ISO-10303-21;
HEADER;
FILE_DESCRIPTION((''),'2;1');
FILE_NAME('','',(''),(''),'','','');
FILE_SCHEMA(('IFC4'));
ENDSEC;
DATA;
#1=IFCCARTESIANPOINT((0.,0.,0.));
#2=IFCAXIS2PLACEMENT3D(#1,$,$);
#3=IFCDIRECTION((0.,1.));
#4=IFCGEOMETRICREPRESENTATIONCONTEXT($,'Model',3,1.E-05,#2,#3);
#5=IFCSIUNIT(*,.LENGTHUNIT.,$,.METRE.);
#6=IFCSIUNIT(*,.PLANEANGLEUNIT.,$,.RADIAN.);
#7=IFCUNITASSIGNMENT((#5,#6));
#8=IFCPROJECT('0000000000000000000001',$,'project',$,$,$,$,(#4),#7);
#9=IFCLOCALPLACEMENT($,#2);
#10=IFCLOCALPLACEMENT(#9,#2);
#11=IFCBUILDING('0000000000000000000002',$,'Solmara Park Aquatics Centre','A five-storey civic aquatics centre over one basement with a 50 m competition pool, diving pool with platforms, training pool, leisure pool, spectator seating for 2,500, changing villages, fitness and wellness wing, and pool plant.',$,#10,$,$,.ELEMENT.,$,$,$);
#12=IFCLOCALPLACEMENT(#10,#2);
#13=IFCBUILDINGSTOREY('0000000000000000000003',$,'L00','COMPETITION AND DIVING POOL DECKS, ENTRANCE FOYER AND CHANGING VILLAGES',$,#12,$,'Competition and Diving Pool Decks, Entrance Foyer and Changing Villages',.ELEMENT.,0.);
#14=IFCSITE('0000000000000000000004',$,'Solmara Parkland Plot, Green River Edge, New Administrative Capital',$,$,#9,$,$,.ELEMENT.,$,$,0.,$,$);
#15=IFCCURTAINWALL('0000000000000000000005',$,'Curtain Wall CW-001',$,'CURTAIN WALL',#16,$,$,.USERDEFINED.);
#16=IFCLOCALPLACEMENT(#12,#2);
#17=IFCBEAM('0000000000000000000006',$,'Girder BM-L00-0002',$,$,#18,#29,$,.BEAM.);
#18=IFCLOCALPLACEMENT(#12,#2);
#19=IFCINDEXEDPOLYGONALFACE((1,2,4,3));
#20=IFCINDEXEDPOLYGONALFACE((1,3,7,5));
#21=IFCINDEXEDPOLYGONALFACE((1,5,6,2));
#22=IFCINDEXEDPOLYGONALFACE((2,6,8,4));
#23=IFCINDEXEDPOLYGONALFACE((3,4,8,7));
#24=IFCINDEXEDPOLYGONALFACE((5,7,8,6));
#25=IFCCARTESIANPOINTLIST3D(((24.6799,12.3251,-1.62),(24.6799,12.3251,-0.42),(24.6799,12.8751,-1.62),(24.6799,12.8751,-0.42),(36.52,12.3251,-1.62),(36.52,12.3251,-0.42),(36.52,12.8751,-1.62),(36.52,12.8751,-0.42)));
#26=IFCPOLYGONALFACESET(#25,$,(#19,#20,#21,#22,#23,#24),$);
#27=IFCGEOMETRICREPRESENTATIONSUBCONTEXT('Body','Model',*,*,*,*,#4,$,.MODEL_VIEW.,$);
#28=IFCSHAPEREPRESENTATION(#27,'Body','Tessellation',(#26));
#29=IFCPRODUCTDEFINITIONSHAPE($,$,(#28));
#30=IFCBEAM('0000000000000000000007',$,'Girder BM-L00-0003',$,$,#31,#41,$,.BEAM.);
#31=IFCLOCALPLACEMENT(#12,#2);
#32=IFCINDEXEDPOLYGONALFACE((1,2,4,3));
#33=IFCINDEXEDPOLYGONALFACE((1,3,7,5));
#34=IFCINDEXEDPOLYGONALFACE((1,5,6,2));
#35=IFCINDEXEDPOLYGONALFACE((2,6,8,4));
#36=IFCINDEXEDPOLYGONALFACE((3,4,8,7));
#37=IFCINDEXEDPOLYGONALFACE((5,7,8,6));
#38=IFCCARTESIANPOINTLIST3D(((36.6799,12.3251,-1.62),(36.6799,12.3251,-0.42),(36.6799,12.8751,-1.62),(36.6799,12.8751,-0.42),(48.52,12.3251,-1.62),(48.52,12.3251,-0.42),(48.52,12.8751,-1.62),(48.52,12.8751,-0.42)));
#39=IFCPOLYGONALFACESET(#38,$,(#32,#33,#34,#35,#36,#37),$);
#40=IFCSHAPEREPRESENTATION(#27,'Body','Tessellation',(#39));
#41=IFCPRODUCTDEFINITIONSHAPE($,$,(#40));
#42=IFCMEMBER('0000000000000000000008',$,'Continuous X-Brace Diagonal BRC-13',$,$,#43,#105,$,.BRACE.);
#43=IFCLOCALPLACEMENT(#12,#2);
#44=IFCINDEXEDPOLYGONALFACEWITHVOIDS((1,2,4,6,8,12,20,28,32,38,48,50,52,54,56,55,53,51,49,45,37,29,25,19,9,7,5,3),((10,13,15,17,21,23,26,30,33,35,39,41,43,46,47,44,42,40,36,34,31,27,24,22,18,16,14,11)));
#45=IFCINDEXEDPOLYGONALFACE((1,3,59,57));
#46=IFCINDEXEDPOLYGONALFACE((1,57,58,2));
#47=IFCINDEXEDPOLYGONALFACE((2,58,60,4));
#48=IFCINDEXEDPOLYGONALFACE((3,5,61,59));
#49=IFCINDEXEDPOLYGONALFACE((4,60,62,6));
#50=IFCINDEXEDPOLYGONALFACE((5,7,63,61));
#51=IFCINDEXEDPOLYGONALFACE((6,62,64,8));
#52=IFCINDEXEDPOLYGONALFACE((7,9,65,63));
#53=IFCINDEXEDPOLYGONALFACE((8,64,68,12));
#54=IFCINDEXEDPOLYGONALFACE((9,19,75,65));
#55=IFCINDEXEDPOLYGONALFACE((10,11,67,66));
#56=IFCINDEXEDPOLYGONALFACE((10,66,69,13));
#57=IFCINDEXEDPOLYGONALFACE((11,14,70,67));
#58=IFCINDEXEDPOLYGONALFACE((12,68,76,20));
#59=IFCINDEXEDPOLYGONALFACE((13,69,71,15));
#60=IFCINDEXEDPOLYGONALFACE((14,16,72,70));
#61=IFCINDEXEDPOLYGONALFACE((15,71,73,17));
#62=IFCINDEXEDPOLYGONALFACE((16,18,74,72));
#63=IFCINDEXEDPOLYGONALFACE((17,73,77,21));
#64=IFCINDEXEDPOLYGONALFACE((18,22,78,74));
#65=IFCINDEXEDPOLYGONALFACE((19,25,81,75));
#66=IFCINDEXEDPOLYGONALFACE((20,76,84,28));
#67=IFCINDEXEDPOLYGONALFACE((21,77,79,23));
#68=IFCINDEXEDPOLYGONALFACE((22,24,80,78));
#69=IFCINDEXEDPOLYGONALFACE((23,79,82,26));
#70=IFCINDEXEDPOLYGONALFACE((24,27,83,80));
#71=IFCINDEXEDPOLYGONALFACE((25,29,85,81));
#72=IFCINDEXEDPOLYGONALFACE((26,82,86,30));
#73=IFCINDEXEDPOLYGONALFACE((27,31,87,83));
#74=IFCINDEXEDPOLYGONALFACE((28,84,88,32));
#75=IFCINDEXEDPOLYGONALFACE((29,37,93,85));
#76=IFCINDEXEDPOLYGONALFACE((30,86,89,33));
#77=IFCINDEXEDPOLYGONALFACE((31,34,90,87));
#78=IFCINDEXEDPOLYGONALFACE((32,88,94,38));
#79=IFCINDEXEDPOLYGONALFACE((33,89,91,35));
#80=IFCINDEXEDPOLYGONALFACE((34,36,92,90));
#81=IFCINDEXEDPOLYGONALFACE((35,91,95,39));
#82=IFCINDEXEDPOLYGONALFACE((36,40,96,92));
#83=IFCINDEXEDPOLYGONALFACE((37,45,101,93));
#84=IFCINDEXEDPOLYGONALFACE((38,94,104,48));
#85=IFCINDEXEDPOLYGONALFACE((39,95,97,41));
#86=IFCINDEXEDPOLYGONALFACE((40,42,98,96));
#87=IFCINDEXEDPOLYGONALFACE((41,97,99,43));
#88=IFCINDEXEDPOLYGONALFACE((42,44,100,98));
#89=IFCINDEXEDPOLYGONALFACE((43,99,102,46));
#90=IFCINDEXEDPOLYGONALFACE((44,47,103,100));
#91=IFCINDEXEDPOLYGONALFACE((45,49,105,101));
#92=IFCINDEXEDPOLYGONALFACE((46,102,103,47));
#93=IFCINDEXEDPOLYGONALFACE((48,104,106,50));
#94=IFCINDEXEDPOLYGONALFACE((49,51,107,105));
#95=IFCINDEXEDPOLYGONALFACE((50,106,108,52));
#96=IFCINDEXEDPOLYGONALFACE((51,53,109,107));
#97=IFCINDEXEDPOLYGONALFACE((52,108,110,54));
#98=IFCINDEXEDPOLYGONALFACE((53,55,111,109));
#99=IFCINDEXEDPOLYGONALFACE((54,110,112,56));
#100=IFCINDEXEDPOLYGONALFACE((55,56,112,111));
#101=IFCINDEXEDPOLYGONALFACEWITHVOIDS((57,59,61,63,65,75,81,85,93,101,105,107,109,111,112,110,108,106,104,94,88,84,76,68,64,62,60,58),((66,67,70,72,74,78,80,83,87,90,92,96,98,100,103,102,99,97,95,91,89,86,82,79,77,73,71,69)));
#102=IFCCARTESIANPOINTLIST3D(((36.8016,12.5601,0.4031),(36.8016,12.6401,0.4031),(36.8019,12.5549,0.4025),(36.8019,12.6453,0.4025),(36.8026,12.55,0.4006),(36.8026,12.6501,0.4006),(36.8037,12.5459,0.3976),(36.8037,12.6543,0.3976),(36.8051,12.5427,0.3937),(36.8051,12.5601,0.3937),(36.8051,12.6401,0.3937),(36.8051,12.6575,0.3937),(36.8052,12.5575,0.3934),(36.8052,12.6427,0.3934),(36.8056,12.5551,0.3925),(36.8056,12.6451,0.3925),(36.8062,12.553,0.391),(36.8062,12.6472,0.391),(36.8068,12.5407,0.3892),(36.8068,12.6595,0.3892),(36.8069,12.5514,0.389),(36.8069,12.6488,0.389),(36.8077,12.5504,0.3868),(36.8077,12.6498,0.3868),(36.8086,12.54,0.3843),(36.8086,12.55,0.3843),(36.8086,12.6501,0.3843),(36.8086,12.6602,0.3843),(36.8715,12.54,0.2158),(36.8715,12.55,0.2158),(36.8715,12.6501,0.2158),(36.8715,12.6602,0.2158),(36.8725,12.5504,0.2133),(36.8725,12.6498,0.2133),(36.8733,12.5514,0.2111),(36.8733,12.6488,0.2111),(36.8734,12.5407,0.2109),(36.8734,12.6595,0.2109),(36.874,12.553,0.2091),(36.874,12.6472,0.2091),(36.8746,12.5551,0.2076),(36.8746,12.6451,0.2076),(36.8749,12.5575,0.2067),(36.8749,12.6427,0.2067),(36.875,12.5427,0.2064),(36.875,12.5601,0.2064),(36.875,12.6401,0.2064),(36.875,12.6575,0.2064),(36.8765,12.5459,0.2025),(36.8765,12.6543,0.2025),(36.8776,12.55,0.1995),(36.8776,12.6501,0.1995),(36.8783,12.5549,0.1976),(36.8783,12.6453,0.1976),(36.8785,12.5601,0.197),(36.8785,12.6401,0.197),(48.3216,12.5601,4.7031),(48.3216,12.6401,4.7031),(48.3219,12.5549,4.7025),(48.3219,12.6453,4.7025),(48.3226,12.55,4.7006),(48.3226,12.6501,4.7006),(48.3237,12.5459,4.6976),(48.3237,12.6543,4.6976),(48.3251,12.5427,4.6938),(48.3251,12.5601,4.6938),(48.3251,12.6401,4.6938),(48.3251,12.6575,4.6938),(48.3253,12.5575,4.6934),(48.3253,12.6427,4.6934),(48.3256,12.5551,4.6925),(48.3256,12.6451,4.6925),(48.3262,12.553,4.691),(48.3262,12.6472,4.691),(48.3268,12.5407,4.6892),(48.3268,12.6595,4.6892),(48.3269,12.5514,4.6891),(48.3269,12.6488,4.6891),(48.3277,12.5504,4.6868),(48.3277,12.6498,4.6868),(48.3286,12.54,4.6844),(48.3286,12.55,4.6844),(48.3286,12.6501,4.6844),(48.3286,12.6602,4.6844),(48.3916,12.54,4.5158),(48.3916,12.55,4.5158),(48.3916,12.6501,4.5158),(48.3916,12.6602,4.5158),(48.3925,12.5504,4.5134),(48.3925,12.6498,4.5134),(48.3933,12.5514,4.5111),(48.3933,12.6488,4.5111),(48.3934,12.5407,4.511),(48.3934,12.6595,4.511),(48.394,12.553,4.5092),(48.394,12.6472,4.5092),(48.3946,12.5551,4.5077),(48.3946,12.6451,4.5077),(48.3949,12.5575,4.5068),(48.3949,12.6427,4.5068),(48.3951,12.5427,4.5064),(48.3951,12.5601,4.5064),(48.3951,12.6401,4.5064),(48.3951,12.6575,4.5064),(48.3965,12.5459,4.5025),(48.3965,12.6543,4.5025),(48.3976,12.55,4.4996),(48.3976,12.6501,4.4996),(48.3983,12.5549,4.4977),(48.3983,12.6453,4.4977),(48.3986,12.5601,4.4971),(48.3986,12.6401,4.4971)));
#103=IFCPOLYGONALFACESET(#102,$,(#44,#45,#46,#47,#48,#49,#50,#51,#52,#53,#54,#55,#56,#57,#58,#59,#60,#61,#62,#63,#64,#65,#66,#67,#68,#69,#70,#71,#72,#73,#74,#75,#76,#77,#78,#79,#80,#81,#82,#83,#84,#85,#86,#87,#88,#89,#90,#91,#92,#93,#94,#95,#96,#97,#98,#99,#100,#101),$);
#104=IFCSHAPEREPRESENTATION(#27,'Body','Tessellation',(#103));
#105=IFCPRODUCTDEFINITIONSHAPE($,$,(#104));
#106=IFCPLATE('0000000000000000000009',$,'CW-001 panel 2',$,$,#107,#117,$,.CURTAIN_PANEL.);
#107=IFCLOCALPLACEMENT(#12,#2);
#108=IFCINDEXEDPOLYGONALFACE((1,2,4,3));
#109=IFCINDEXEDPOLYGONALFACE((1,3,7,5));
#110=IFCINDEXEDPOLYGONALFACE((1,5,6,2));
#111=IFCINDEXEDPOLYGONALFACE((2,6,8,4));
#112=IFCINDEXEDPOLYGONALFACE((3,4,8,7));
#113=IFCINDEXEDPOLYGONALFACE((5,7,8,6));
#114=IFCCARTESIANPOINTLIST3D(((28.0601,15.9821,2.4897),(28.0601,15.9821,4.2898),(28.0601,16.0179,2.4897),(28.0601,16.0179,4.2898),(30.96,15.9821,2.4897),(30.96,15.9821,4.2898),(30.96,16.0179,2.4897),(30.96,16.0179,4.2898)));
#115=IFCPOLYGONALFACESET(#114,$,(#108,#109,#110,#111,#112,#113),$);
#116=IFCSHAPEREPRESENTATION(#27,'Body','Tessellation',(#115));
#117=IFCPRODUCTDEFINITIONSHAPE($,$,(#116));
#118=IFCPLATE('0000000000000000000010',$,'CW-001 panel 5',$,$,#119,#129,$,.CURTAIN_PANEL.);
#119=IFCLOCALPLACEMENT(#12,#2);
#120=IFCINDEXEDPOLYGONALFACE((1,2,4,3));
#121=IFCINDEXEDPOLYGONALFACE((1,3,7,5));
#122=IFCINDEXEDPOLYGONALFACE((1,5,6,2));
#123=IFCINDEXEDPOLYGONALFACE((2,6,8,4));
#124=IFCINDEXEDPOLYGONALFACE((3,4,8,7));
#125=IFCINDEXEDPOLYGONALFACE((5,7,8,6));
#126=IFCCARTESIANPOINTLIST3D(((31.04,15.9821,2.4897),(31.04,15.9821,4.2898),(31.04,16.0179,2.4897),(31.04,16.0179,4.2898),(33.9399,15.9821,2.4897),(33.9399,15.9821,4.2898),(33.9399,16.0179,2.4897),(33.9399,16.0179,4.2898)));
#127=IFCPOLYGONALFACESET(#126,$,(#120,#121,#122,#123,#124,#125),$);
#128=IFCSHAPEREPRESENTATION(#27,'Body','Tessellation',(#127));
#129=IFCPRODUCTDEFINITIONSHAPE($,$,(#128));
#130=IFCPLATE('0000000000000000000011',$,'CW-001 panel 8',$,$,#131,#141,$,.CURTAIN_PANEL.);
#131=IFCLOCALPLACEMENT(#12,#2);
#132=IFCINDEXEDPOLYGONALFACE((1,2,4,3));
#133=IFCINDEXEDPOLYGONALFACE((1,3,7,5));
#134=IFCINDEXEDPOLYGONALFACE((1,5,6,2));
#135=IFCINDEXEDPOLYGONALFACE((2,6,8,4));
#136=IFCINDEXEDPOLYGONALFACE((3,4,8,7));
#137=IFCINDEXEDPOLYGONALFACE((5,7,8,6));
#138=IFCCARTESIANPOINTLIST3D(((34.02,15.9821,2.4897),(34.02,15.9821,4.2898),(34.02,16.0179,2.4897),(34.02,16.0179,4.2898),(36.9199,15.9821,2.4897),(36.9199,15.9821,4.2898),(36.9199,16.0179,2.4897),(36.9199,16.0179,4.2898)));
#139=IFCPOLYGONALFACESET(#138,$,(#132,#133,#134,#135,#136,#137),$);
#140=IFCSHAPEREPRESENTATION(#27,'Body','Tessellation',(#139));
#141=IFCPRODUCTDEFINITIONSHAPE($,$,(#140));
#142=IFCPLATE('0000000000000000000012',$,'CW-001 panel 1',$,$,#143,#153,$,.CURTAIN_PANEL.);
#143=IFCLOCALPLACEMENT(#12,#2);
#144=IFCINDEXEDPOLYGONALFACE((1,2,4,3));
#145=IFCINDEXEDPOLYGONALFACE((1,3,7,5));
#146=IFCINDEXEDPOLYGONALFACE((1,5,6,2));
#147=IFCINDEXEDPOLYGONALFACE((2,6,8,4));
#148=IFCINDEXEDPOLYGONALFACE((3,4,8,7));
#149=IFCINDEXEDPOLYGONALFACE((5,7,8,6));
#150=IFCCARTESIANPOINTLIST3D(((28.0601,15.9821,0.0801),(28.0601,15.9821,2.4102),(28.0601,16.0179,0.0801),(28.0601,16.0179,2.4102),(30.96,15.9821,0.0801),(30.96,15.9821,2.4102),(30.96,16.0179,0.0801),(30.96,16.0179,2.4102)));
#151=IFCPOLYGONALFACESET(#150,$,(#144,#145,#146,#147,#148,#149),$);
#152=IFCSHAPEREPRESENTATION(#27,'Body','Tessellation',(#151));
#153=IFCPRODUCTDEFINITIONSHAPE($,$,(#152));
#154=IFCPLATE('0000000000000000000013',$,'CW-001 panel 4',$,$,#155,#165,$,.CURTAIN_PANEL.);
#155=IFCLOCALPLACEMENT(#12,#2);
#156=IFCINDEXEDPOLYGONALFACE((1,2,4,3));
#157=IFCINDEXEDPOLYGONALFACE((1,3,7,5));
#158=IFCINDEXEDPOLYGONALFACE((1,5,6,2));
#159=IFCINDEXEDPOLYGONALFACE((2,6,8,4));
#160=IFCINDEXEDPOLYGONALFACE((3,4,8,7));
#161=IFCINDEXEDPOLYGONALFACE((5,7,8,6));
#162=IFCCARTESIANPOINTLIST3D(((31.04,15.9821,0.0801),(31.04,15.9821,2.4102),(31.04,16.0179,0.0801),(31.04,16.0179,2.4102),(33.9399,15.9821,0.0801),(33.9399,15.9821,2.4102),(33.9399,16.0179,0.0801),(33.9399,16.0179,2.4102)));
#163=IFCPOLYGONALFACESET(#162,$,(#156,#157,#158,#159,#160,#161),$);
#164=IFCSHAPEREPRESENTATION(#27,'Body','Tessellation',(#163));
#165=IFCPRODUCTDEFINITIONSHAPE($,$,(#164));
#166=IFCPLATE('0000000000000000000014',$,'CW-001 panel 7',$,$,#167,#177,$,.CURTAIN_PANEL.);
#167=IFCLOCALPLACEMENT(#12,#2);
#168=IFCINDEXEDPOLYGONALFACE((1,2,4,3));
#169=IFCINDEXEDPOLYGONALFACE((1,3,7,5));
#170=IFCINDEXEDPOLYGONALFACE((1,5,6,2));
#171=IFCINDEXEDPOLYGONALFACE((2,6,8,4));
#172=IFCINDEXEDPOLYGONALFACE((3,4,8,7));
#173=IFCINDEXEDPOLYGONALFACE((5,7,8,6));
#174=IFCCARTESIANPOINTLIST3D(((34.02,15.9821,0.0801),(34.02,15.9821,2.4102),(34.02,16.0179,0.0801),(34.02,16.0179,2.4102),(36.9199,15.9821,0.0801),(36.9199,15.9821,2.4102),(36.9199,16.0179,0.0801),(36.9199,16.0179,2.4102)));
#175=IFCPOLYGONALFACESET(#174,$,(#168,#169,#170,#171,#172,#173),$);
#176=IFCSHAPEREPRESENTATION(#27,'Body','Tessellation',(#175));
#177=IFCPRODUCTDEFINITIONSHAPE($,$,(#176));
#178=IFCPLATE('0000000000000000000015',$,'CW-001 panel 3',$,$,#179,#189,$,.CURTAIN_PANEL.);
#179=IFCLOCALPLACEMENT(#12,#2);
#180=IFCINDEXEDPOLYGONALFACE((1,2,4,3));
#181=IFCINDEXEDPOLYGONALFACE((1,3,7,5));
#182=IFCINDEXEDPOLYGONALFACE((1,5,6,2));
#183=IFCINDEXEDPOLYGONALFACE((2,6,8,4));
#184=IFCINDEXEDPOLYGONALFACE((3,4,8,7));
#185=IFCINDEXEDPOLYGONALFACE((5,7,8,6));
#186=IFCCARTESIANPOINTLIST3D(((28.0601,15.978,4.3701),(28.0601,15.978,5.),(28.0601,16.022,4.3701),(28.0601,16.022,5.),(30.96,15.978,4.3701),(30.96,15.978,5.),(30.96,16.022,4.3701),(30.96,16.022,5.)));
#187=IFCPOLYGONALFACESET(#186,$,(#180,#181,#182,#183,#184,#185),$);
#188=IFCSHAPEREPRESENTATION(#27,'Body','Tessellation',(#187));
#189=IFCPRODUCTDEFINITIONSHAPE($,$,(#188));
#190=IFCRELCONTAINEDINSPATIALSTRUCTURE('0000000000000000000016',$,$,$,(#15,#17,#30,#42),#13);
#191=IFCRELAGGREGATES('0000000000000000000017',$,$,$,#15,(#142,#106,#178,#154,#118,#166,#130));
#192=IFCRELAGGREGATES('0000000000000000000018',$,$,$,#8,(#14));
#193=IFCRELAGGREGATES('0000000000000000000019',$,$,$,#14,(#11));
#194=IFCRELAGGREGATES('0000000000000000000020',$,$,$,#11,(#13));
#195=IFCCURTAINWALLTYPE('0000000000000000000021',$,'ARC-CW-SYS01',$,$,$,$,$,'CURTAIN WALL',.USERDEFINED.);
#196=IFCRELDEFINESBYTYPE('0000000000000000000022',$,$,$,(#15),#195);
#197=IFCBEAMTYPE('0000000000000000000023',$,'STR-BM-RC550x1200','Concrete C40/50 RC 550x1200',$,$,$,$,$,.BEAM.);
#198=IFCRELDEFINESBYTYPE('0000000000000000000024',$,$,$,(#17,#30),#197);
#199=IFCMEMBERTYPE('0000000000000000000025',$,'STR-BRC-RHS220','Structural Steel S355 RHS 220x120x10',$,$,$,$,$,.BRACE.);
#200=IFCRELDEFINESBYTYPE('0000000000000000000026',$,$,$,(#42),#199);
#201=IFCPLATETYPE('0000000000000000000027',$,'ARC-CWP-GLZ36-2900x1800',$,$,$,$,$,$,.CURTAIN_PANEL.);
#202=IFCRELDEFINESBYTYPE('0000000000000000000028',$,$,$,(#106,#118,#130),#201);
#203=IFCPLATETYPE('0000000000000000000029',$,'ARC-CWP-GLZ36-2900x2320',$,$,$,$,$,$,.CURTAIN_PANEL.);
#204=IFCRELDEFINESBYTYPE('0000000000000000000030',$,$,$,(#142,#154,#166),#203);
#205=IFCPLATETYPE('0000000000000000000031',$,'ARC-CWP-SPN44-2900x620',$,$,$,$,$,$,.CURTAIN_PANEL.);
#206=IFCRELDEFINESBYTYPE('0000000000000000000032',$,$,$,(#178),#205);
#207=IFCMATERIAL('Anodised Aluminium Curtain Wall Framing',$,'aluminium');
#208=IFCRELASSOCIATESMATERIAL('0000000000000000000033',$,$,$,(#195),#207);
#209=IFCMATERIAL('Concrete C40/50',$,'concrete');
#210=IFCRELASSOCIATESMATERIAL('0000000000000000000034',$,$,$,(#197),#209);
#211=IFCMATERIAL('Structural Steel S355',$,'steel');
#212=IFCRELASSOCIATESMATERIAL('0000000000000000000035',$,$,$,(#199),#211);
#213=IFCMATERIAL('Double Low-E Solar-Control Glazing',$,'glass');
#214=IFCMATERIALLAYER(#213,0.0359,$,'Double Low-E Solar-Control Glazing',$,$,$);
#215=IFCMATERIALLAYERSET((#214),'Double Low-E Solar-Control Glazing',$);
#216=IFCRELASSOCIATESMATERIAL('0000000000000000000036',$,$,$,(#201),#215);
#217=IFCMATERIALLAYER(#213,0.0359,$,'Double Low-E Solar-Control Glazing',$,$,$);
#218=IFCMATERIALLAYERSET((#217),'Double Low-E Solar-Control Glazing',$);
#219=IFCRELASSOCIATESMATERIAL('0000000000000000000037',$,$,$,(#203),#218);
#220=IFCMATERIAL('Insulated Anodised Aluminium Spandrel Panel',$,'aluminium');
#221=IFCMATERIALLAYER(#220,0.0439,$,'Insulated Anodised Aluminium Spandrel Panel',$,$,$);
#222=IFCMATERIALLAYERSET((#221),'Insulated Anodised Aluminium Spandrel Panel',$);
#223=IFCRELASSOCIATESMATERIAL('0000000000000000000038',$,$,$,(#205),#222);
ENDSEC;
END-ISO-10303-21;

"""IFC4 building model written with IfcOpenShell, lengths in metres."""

from ifc_helpers import new_model, si_unit, direction, frame, origin, origin_2d, place, context, subcontext, project, spatial, rectangle, hollow_rectangle, extrude, material, layer, layer_set, material_profile, profile_set, type_object, element, aggregate, save


model = new_model("IFC4")

# Units and contexts
model_context = context("Model", 3, precision=1e-05, world=origin(), true_north=direction((0.0, 1.0)))
body_context = subcontext(model_context, "Body", "Model", "MODEL_VIEW")
ifc_project = project(units=[si_unit("LENGTHUNIT", "METRE"), si_unit("PLANEANGLEUNIT", "RADIAN")], contexts=[model_context])

# Site, building, storey
site_placement = place(None, origin())
site = spatial("IfcSite", under=ifc_project, at=site_placement, Name="Solmara Parkland Plot, Green River Edge, New Administrative Capital", CompositionType="ELEMENT", RefElevation=0.0)
building_placement = place(site_placement, origin())
building = spatial("IfcBuilding", under=site, at=building_placement, Name="Solmara Park Aquatics Centre", Description="A five-storey civic aquatics centre over one basement with a 50 m competition pool, diving pool with platforms, training pool, leisure pool, spectator seating for 2,500, changing villages, fitness and wellness wing, and pool plant.", CompositionType="ELEMENT")
storey_placement = place(building_placement, origin())
storey = spatial("IfcBuildingStorey", under=building, at=storey_placement, Name="L00", Description="COMPETITION AND DIVING POOL DECKS, ENTRANCE FOYER AND CHANGING VILLAGES", LongName="Competition and Diving Pool Decks, Entrance Foyer and Changing Villages", CompositionType="ELEMENT", Elevation=0.0)

# Shared definitions
ifc_material_1 = material(Name="Structural Steel S355", Category="steel")

# Curtain wall
ifc_material_2 = material(Name="Anodised Aluminium Curtain Wall Framing", Category="aluminium")
curtain_wall_type = type_object("IfcCurtainWallType", Name="ARC-CW-SYS01", ElementType="CURTAIN WALL", PredefinedType="USERDEFINED", material=ifc_material_2)
curtain_wall_placement = place(storey_placement, origin())
curtain_wall = element("IfcCurtainWall", 1, at=curtain_wall_placement, inside=storey, type_object=curtain_wall_type, Name="Curtain Wall CW-001", ObjectType="CURTAIN WALL", PredefinedType="USERDEFINED")

# Beams
ifc_material_3 = material(Name="Concrete C40/50", Category="concrete")
ifc_material_profile_1 = material_profile(ifc_material_3, rectangle(XDim=0.55, YDim=1.2, at=origin_2d()), Name="RC 550x1200")
ifc_profile_set_1 = profile_set([ifc_material_profile_1], Name="Concrete C40/50")
beam_type_1 = type_object("IfcBeamType", Name="STR-BM-RC550x1200", Description="Concrete C40/50 RC 550x1200", PredefinedType="BEAM", material=ifc_profile_set_1)
for number, where, z_axis, x_axis, name in (
    (2, (24.6799, 12.6001, -1.02), (1.0, 0.0, 0.0), (0.0, 1.0, 0.0), "Girder BM-L00-0002"),
    (3, (36.6799, 12.6001, -1.02), (1.0, 0.0, 0.0), (0.0, 1.0, 0.0), "Girder BM-L00-0003"),
):
    element("IfcBeam", number, at=place(storey_placement, frame(where, z_axis=z_axis, x_axis=x_axis)), inside=storey, type_object=beam_type_1, Name=name, PredefinedType="BEAM", context=body_context, shape_type="SweptSolid", body=[
        extrude(rectangle(XDim=0.55, YDim=1.2, at=origin_2d()), origin(), (0.0, 0.0, 1.0), 11.8401),
    ])

# Member
ifc_material_profile_2 = material_profile(ifc_material_1, hollow_rectangle(XDim=0.1201, YDim=0.22, WallThickness=0.01, InnerFilletRadius=0.01, OuterFilletRadius=0.02, at=origin_2d()), Name="RHS 220x120x10")
ifc_profile_set_2 = profile_set([ifc_material_profile_2], Name="Structural Steel S355")
member_type_1 = type_object("IfcMemberType", Name="STR-BRC-RHS220", Description="Structural Steel S355 RHS 220x120x10", PredefinedType="BRACE", material=ifc_profile_set_2)
member_1_placement = place(storey_placement, frame((36.8401, 12.6001, 0.3), z_axis=(0.936862, 0.0, 0.3497), x_axis=(0.0, 1.0, 0.0)))
element("IfcMember", 4, at=member_1_placement, inside=storey, type_object=member_type_1, Name="Continuous X-Brace Diagonal BRC-13", PredefinedType="BRACE", context=body_context, shape_type="SweptSolid", body=[
    extrude(hollow_rectangle(XDim=0.1201, YDim=0.22, WallThickness=0.01, InnerFilletRadius=0.01, OuterFilletRadius=0.02, at=origin_2d()), origin(), (0.0, 0.0, 1.0), 12.2964),
])

# Plates
ifc_material_4 = material(Name="Double Low-E Solar-Control Glazing", Category="glass")
ifc_layer_1 = layer(ifc_material_4, 0.0359, Name="Double Low-E Solar-Control Glazing")
ifc_layer_set_1 = layer_set([ifc_layer_1], Name="Double Low-E Solar-Control Glazing")
plate_type_1 = type_object("IfcPlateType", Name="ARC-CWP-GLZ36-2900x1800", PredefinedType="CURTAIN_PANEL", material=ifc_layer_set_1)
plate_1_placement = place(storey_placement, frame((29.51, 16.0, 2.4897), z_axis=(0.0, 0.0, 1.0), x_axis=(1.0, 0.0, 0.0)))
plate_1 = element("IfcPlate", 5, at=plate_1_placement, type_object=plate_type_1, Name="CW-001 panel 2", PredefinedType="CURTAIN_PANEL", context=body_context, shape_type="SweptSolid", body=[
    extrude(rectangle(XDim=2.8999, YDim=0.0359, at=origin_2d()), origin(), (0.0, 0.0, 1.0), 1.8),
])
plate_2_placement = place(storey_placement, frame((32.49, 16.0, 2.4897), z_axis=(0.0, 0.0, 1.0), x_axis=(1.0, 0.0, 0.0)))
plate_2 = element("IfcPlate", 6, at=plate_2_placement, type_object=plate_type_1, Name="CW-001 panel 5", PredefinedType="CURTAIN_PANEL", context=body_context, shape_type="SweptSolid", body=[
    extrude(rectangle(XDim=2.8999, YDim=0.0359, at=origin_2d()), origin(), (0.0, 0.0, 1.0), 1.8),
])
plate_3_placement = place(storey_placement, frame((35.47, 16.0, 2.4897), z_axis=(0.0, 0.0, 1.0), x_axis=(1.0, 0.0, 0.0)))
plate_3 = element("IfcPlate", 7, at=plate_3_placement, type_object=plate_type_1, Name="CW-001 panel 8", PredefinedType="CURTAIN_PANEL", context=body_context, shape_type="SweptSolid", body=[
    extrude(rectangle(XDim=2.8999, YDim=0.0359, at=origin_2d()), origin(), (0.0, 0.0, 1.0), 1.8),
])
ifc_layer_2 = layer(ifc_material_4, 0.0359, Name="Double Low-E Solar-Control Glazing")
ifc_layer_set_2 = layer_set([ifc_layer_2], Name="Double Low-E Solar-Control Glazing")
plate_type_2 = type_object("IfcPlateType", Name="ARC-CWP-GLZ36-2900x2320", PredefinedType="CURTAIN_PANEL", material=ifc_layer_set_2)
plate_4_placement = place(storey_placement, frame((29.51, 16.0, 0.0801), z_axis=(0.0, 0.0, 1.0), x_axis=(1.0, 0.0, 0.0)))
plate_4 = element("IfcPlate", 8, at=plate_4_placement, type_object=plate_type_2, Name="CW-001 panel 1", PredefinedType="CURTAIN_PANEL", context=body_context, shape_type="SweptSolid", body=[
    extrude(rectangle(XDim=2.8999, YDim=0.0359, at=origin_2d()), origin(), (0.0, 0.0, 1.0), 2.3301),
])
plate_5_placement = place(storey_placement, frame((32.49, 16.0, 0.0801), z_axis=(0.0, 0.0, 1.0), x_axis=(1.0, 0.0, 0.0)))
plate_5 = element("IfcPlate", 9, at=plate_5_placement, type_object=plate_type_2, Name="CW-001 panel 4", PredefinedType="CURTAIN_PANEL", context=body_context, shape_type="SweptSolid", body=[
    extrude(rectangle(XDim=2.8999, YDim=0.0359, at=origin_2d()), origin(), (0.0, 0.0, 1.0), 2.3301),
])
plate_6_placement = place(storey_placement, frame((35.47, 16.0, 0.0801), z_axis=(0.0, 0.0, 1.0), x_axis=(1.0, 0.0, 0.0)))
plate_6 = element("IfcPlate", 10, at=plate_6_placement, type_object=plate_type_2, Name="CW-001 panel 7", PredefinedType="CURTAIN_PANEL", context=body_context, shape_type="SweptSolid", body=[
    extrude(rectangle(XDim=2.8999, YDim=0.0359, at=origin_2d()), origin(), (0.0, 0.0, 1.0), 2.3301),
])
ifc_material_5 = material(Name="Insulated Anodised Aluminium Spandrel Panel", Category="aluminium")
ifc_layer_3 = layer(ifc_material_5, 0.0439, Name="Insulated Anodised Aluminium Spandrel Panel")
ifc_layer_set_3 = layer_set([ifc_layer_3], Name="Insulated Anodised Aluminium Spandrel Panel")
plate_type_3 = type_object("IfcPlateType", Name="ARC-CWP-SPN44-2900x620", PredefinedType="CURTAIN_PANEL", material=ifc_layer_set_3)
plate_7_placement = place(storey_placement, frame((29.51, 16.0, 4.3701), z_axis=(0.0, 0.0, 1.0), x_axis=(1.0, 0.0, 0.0)))
plate_7 = element("IfcPlate", 11, at=plate_7_placement, type_object=plate_type_3, Name="CW-001 panel 3", PredefinedType="CURTAIN_PANEL", context=body_context, shape_type="SweptSolid", body=[
    extrude(rectangle(XDim=2.8999, YDim=0.0439, at=origin_2d()), origin(), (0.0, 0.0, 1.0), 0.6299),
])
aggregate(curtain_wall, [plate_4, plate_1, plate_7, plate_5, plate_2, plate_6, plate_3])

save(model, "model.ifc")
